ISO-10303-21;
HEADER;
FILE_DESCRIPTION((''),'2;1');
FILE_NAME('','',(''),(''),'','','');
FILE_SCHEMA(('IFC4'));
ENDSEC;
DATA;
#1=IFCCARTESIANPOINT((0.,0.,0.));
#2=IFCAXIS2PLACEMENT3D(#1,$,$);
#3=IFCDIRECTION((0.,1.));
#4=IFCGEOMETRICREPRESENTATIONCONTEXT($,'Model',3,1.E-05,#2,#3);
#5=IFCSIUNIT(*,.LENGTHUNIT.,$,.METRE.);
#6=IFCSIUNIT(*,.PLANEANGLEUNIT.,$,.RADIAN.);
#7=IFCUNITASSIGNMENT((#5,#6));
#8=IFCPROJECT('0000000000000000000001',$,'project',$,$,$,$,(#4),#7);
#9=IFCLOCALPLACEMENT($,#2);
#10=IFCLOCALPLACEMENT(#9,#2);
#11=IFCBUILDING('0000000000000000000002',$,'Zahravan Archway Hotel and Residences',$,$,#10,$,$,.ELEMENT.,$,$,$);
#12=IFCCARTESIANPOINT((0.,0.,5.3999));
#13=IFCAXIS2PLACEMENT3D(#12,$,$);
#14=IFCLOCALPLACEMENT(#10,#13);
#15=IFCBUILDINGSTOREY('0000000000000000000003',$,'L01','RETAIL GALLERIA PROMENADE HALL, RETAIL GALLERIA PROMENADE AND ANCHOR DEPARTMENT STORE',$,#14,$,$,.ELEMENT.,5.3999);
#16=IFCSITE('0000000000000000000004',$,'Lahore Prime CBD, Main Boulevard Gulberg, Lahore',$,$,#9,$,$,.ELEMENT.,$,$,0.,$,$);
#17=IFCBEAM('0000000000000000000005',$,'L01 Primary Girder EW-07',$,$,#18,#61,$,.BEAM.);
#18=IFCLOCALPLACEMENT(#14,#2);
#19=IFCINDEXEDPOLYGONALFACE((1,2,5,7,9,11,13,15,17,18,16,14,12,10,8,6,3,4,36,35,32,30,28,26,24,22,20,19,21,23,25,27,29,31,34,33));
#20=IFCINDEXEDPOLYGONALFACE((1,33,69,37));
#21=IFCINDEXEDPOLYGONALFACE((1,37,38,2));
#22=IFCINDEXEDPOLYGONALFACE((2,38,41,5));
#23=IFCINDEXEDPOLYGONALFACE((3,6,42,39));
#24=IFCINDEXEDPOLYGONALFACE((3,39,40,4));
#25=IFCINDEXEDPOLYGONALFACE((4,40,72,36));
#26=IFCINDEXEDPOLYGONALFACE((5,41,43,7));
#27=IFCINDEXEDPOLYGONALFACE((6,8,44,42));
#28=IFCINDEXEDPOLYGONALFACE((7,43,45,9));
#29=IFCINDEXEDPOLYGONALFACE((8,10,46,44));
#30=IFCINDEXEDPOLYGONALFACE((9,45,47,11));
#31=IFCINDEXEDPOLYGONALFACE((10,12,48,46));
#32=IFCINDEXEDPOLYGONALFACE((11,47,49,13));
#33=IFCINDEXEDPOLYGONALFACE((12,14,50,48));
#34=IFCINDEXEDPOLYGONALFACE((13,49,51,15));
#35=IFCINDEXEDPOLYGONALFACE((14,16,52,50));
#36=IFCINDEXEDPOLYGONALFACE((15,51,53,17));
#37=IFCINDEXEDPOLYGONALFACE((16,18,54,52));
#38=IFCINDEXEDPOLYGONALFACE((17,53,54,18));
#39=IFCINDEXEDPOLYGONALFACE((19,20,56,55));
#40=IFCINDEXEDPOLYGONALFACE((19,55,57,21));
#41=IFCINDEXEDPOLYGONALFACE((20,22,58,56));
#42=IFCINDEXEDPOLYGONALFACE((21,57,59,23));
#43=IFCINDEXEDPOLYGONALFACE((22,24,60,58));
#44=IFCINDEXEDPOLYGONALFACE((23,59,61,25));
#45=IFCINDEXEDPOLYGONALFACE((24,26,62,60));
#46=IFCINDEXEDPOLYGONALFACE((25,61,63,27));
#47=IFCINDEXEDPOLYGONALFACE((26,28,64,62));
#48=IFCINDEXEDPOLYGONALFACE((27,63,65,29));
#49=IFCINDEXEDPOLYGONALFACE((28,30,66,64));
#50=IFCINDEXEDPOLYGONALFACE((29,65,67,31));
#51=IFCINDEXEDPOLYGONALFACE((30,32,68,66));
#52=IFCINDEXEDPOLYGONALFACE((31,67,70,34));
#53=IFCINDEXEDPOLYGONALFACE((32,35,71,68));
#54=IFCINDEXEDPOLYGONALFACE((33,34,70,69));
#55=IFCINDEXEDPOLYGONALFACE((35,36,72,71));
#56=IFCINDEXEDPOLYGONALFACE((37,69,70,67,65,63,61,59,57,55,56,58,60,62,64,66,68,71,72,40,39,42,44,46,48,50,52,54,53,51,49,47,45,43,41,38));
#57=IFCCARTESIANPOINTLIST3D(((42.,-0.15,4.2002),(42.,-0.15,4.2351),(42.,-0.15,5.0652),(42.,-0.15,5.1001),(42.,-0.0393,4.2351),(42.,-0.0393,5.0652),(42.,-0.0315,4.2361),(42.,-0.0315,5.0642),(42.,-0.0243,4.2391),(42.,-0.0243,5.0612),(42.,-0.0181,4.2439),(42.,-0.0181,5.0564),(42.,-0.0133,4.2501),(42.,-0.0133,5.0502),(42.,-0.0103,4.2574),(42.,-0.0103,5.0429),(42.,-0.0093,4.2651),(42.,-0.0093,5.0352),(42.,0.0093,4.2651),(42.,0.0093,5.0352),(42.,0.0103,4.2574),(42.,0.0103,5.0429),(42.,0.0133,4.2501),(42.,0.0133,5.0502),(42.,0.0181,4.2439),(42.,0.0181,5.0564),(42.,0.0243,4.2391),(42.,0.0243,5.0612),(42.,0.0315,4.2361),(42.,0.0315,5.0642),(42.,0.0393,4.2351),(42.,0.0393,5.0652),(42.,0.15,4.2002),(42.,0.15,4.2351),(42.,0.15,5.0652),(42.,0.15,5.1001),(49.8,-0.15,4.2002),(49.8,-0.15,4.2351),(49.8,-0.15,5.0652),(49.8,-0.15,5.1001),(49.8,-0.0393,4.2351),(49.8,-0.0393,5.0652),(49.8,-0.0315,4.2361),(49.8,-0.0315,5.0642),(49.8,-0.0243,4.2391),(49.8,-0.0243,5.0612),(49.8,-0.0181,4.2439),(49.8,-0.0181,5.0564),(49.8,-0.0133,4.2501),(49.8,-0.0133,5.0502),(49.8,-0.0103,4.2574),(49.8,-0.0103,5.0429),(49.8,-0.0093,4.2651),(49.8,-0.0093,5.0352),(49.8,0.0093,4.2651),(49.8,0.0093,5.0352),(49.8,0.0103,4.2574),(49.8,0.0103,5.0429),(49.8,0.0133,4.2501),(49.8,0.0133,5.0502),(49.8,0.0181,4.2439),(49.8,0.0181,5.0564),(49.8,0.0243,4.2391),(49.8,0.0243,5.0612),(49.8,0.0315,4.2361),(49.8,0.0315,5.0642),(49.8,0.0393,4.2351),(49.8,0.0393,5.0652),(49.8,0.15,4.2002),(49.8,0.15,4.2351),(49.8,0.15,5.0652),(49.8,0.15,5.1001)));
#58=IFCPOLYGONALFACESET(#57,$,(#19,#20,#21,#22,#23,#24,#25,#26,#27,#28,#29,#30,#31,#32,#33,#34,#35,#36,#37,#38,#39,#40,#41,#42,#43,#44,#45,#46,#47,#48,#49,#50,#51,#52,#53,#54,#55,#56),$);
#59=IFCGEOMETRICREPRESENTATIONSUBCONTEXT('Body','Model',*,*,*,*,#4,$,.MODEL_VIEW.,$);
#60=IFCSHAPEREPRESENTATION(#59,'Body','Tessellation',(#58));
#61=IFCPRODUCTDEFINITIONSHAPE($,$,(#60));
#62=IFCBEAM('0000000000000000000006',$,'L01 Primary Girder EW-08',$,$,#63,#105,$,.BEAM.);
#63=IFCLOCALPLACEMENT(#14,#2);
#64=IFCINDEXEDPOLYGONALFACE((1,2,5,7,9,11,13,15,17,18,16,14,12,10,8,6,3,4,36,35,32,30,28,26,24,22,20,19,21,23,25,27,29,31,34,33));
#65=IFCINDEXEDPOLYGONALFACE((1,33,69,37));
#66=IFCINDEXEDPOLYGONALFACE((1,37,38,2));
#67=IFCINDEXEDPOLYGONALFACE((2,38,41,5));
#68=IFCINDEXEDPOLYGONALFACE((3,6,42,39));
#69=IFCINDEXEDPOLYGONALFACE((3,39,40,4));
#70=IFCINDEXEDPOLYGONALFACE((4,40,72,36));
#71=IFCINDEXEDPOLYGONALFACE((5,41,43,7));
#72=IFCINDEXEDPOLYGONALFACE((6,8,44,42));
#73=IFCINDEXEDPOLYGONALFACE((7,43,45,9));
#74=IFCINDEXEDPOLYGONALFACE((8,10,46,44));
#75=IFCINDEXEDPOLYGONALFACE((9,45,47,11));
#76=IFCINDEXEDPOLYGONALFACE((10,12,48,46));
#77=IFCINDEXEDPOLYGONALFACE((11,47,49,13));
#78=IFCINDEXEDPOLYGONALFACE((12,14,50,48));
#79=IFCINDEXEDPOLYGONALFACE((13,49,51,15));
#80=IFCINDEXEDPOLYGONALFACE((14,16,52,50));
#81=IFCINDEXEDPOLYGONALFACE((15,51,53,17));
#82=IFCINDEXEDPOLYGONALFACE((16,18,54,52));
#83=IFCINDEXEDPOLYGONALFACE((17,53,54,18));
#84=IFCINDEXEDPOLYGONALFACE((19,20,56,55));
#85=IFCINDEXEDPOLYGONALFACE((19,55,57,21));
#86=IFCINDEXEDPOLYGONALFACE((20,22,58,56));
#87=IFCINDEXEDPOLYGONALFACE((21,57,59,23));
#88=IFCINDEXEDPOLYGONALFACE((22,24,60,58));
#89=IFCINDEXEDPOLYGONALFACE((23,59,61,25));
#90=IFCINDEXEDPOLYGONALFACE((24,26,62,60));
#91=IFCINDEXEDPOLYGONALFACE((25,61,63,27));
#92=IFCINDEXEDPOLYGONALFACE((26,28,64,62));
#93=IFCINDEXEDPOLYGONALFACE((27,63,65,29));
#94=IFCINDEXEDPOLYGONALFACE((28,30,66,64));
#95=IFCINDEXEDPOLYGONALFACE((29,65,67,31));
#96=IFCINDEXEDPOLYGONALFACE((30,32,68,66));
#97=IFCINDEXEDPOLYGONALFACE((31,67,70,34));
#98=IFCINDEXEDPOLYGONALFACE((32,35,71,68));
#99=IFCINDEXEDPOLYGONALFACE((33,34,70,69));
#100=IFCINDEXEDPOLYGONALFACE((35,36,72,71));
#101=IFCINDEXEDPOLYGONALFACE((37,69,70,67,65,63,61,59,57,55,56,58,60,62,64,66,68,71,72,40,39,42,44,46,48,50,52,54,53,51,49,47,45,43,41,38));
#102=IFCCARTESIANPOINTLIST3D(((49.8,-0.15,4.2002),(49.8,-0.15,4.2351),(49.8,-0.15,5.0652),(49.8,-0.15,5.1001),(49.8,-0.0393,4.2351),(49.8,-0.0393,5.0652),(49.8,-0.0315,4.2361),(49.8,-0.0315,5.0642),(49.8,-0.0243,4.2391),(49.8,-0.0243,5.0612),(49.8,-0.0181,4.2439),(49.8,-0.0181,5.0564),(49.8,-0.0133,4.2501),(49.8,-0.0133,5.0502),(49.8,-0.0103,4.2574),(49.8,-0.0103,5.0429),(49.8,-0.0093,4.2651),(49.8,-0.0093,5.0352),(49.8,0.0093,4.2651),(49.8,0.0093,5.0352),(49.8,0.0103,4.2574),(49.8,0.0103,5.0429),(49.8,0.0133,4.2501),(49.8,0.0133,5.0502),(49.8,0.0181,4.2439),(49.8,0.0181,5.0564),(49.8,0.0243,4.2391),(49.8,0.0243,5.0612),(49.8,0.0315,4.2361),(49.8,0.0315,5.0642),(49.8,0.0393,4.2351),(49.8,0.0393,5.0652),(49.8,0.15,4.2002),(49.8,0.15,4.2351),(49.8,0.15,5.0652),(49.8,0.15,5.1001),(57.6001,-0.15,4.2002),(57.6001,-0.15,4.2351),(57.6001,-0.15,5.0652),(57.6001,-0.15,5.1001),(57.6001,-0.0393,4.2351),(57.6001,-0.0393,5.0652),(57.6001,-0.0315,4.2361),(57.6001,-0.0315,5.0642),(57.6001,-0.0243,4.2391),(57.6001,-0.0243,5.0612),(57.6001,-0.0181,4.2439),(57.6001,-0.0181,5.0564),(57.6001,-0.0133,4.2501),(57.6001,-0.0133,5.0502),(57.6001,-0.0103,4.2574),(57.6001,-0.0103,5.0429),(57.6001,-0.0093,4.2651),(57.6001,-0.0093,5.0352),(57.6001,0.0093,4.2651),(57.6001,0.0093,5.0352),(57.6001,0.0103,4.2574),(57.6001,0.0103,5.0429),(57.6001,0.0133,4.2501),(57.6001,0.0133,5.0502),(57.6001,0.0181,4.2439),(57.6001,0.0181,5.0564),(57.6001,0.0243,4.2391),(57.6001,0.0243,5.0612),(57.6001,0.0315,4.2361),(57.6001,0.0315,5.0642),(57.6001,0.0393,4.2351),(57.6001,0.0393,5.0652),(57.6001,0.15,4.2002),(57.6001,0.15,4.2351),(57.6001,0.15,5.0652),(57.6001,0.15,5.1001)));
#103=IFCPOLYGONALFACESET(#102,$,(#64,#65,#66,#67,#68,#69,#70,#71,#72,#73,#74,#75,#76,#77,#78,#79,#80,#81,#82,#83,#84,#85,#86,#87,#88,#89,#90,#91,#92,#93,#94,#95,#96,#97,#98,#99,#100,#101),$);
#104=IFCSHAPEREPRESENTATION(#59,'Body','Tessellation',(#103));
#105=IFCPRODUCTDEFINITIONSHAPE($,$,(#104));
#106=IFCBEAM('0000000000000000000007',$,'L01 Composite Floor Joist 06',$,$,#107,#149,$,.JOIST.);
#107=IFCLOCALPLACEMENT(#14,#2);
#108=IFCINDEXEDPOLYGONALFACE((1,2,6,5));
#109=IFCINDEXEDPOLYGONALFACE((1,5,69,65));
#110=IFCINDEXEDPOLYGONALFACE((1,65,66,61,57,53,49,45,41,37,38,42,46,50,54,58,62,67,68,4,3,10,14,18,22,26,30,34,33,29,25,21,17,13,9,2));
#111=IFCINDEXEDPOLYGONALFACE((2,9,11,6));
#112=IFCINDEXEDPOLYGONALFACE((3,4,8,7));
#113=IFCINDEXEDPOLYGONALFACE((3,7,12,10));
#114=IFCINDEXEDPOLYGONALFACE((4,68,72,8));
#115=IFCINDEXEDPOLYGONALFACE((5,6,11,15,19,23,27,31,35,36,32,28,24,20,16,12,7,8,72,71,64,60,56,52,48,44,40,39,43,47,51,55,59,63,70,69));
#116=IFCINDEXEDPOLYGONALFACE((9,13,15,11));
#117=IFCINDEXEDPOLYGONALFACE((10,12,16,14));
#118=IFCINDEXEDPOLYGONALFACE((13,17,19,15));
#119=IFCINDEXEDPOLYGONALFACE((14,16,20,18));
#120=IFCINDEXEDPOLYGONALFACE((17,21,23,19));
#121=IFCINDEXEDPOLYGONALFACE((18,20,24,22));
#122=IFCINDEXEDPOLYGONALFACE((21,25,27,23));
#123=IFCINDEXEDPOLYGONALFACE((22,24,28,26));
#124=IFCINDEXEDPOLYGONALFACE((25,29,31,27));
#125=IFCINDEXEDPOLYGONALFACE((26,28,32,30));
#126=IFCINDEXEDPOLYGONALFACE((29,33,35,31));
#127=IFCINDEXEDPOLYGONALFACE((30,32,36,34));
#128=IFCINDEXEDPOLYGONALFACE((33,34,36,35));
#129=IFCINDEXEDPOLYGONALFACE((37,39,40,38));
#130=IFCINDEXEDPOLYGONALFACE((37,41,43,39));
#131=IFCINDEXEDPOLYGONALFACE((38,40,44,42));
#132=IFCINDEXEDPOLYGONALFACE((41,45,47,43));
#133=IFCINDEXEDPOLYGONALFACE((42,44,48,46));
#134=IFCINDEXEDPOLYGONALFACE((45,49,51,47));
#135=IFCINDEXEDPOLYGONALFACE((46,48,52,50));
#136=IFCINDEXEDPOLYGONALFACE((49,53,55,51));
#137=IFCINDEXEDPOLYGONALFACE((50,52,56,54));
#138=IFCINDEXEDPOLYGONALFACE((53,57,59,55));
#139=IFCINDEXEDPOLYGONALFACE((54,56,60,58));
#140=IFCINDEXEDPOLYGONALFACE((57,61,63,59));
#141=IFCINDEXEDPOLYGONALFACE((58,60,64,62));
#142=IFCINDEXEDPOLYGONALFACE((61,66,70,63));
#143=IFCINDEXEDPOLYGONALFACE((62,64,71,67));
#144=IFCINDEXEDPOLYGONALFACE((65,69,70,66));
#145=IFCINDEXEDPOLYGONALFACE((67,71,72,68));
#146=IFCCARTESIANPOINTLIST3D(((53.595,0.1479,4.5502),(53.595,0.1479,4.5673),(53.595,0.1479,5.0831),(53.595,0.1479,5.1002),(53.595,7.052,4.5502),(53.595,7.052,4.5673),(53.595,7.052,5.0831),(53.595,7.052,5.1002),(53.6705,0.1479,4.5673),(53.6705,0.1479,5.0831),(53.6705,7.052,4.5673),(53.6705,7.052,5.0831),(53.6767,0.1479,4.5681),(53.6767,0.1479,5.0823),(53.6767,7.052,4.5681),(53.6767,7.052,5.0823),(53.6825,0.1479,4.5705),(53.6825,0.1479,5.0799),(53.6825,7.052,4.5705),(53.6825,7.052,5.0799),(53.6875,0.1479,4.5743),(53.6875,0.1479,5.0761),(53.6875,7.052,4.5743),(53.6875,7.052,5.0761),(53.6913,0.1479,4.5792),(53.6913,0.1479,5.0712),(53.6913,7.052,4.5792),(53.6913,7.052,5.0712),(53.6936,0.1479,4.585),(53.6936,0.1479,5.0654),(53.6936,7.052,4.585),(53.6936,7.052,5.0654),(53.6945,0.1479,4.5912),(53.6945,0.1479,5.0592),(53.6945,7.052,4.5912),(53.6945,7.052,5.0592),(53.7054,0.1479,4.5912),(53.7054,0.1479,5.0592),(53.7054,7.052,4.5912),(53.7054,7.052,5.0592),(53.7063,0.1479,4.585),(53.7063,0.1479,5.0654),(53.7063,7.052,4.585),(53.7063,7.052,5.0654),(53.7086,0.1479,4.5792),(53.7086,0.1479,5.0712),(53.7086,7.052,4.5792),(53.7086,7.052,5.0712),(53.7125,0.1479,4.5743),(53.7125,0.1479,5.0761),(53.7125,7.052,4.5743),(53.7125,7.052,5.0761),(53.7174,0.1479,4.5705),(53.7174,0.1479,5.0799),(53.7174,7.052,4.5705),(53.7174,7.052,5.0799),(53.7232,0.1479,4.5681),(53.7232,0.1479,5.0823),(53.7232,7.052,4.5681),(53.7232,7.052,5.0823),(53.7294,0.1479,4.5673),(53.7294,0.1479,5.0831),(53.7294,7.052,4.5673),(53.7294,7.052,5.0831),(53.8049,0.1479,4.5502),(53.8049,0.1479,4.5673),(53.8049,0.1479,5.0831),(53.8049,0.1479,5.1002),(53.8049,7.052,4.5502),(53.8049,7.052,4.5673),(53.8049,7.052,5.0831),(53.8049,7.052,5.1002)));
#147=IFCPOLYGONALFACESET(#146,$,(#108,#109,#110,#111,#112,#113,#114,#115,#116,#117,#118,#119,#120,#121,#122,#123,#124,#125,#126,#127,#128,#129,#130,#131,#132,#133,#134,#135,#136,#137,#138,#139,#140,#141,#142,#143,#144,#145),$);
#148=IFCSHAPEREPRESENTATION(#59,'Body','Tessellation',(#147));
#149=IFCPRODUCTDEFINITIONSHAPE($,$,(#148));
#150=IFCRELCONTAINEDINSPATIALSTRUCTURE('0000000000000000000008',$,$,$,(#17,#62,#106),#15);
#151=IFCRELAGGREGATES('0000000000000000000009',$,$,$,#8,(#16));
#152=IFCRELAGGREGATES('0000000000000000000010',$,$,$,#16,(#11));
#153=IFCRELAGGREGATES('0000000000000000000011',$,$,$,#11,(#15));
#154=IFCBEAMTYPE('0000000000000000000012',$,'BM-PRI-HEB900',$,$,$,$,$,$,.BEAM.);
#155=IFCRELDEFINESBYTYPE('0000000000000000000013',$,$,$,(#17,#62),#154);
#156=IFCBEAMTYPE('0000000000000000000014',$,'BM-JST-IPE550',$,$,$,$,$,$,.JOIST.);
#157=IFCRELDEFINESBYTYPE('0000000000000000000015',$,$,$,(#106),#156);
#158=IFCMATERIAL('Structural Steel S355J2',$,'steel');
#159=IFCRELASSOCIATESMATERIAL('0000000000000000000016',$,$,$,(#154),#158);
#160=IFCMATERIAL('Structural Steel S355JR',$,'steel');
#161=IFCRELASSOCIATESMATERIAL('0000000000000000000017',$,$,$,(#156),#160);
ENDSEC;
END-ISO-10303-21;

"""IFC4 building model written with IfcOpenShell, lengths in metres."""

from ifc_helpers import new_model, si_unit, direction, frame, origin, origin_2d, place, context, subcontext, project, spatial, i_section, extrude, source, transform, mapped, material, material_profile, profile_set, type_object, type_shapes, element, save


model = new_model("IFC4")

# Units and contexts
model_context = context("Model", 3, precision=1e-05, world=origin(), true_north=direction((0.0, 1.0)))
body_context = subcontext(model_context, "Body", "Model", "MODEL_VIEW")
ifc_project = project(units=[si_unit("LENGTHUNIT", "METRE"), si_unit("PLANEANGLEUNIT", "RADIAN")], contexts=[model_context])

# Site, building, storey
site_placement = place(None, origin())
site = spatial("IfcSite", under=ifc_project, at=site_placement, Name="Lahore Prime CBD, Main Boulevard Gulberg, Lahore", CompositionType="ELEMENT", RefElevation=0.0)
building_placement = place(site_placement, origin())
building = spatial("IfcBuilding", under=site, at=building_placement, Name="Zahravan Archway Hotel and Residences", CompositionType="ELEMENT")
storey_placement = place(building_placement, frame((0.0, 0.0, 5.3999)))
storey = spatial("IfcBuildingStorey", under=building, at=storey_placement, Name="L01", Description="RETAIL GALLERIA PROMENADE HALL, RETAIL GALLERIA PROMENADE AND ANCHOR DEPARTMENT STORE", CompositionType="ELEMENT", Elevation=5.3999)

# Beams
ifc_material_1 = material(Name="Structural Steel S355J2", Category="steel")
ifc_material_profile_1 = material_profile(ifc_material_1, i_section(OverallWidth=0.3, OverallDepth=0.8999, WebThickness=0.0186, FlangeThickness=0.0349, FilletRadius=0.03, at=origin_2d()), Name="HEB 900", Category="steel")
ifc_profile_set_1 = profile_set([ifc_material_profile_1], Name="Structural Steel S355J2")
beam_type_1 = type_object("IfcBeamType", Name="BM-PRI-HEB900", PredefinedType="BEAM", material=ifc_profile_set_1)
shared_shape_1 = source(origin(), body_context, "Body", "SweptSolid", [
    extrude(i_section(OverallWidth=0.3, OverallDepth=0.8999, WebThickness=0.0186, FlangeThickness=0.0349, FilletRadius=0.03, at=origin_2d()), origin(), (0.0, 0.0, 1.0), 7.8),
])
for number, where, z_axis, x_axis, name in (
    (1, (42.0, 0.0, 4.6501), (1.0, 0.0, 0.0), (0.0, 1.0, 0.0), "L01 Primary Girder EW-07"),
    (2, (49.8, 0.0, 4.6501), (1.0, 0.0, 0.0), (0.0, 1.0, 0.0), "L01 Primary Girder EW-08"),
):
    element("IfcBeam", number, at=place(storey_placement, frame(where, z_axis=z_axis, x_axis=x_axis)), inside=storey, type_object=beam_type_1, Name=name, PredefinedType="BEAM", context=body_context, shape_type="MappedRepresentation", body=[
        mapped(shared_shape_1, transform((0.0, 0.0, 0.0), scale=1.0)),
    ])
ifc_material_2 = material(Name="Structural Steel S355JR", Category="steel")
ifc_material_profile_2 = material_profile(ifc_material_2, i_section(OverallWidth=0.21, OverallDepth=0.55, WebThickness=0.011, FlangeThickness=0.0171, FilletRadius=0.0239, at=origin_2d()), Name="IPE 550", Category="steel")
ifc_profile_set_2 = profile_set([ifc_material_profile_2], Name="Structural Steel S355JR")
beam_type_2 = type_object("IfcBeamType", Name="BM-JST-IPE550", PredefinedType="JOIST", material=ifc_profile_set_2)
shared_shape_2 = source(origin(), body_context, "Body", "SweptSolid", [
    extrude(i_section(OverallWidth=0.21, OverallDepth=0.55, WebThickness=0.011, FlangeThickness=0.0171, FilletRadius=0.0239, at=origin_2d()), origin(), (0.0, 0.0, 1.0), 6.9041),
])
type_shapes(beam_type_2, [shared_shape_2])
beam_placement = place(storey_placement, frame((53.7, 0.1479, 4.8252), z_axis=(0.0, 1.0, 0.0), x_axis=(-1.0, 0.0, 0.0)))
element("IfcBeam", 3, at=beam_placement, inside=storey, type_object=beam_type_2, Name="L01 Composite Floor Joist 06", PredefinedType="JOIST", context=body_context, shape_type="MappedRepresentation", body=[
    mapped(shared_shape_2, transform((0.0, 0.0, 0.0), scale=1.0)),
])

save(model, "model.ifc")
